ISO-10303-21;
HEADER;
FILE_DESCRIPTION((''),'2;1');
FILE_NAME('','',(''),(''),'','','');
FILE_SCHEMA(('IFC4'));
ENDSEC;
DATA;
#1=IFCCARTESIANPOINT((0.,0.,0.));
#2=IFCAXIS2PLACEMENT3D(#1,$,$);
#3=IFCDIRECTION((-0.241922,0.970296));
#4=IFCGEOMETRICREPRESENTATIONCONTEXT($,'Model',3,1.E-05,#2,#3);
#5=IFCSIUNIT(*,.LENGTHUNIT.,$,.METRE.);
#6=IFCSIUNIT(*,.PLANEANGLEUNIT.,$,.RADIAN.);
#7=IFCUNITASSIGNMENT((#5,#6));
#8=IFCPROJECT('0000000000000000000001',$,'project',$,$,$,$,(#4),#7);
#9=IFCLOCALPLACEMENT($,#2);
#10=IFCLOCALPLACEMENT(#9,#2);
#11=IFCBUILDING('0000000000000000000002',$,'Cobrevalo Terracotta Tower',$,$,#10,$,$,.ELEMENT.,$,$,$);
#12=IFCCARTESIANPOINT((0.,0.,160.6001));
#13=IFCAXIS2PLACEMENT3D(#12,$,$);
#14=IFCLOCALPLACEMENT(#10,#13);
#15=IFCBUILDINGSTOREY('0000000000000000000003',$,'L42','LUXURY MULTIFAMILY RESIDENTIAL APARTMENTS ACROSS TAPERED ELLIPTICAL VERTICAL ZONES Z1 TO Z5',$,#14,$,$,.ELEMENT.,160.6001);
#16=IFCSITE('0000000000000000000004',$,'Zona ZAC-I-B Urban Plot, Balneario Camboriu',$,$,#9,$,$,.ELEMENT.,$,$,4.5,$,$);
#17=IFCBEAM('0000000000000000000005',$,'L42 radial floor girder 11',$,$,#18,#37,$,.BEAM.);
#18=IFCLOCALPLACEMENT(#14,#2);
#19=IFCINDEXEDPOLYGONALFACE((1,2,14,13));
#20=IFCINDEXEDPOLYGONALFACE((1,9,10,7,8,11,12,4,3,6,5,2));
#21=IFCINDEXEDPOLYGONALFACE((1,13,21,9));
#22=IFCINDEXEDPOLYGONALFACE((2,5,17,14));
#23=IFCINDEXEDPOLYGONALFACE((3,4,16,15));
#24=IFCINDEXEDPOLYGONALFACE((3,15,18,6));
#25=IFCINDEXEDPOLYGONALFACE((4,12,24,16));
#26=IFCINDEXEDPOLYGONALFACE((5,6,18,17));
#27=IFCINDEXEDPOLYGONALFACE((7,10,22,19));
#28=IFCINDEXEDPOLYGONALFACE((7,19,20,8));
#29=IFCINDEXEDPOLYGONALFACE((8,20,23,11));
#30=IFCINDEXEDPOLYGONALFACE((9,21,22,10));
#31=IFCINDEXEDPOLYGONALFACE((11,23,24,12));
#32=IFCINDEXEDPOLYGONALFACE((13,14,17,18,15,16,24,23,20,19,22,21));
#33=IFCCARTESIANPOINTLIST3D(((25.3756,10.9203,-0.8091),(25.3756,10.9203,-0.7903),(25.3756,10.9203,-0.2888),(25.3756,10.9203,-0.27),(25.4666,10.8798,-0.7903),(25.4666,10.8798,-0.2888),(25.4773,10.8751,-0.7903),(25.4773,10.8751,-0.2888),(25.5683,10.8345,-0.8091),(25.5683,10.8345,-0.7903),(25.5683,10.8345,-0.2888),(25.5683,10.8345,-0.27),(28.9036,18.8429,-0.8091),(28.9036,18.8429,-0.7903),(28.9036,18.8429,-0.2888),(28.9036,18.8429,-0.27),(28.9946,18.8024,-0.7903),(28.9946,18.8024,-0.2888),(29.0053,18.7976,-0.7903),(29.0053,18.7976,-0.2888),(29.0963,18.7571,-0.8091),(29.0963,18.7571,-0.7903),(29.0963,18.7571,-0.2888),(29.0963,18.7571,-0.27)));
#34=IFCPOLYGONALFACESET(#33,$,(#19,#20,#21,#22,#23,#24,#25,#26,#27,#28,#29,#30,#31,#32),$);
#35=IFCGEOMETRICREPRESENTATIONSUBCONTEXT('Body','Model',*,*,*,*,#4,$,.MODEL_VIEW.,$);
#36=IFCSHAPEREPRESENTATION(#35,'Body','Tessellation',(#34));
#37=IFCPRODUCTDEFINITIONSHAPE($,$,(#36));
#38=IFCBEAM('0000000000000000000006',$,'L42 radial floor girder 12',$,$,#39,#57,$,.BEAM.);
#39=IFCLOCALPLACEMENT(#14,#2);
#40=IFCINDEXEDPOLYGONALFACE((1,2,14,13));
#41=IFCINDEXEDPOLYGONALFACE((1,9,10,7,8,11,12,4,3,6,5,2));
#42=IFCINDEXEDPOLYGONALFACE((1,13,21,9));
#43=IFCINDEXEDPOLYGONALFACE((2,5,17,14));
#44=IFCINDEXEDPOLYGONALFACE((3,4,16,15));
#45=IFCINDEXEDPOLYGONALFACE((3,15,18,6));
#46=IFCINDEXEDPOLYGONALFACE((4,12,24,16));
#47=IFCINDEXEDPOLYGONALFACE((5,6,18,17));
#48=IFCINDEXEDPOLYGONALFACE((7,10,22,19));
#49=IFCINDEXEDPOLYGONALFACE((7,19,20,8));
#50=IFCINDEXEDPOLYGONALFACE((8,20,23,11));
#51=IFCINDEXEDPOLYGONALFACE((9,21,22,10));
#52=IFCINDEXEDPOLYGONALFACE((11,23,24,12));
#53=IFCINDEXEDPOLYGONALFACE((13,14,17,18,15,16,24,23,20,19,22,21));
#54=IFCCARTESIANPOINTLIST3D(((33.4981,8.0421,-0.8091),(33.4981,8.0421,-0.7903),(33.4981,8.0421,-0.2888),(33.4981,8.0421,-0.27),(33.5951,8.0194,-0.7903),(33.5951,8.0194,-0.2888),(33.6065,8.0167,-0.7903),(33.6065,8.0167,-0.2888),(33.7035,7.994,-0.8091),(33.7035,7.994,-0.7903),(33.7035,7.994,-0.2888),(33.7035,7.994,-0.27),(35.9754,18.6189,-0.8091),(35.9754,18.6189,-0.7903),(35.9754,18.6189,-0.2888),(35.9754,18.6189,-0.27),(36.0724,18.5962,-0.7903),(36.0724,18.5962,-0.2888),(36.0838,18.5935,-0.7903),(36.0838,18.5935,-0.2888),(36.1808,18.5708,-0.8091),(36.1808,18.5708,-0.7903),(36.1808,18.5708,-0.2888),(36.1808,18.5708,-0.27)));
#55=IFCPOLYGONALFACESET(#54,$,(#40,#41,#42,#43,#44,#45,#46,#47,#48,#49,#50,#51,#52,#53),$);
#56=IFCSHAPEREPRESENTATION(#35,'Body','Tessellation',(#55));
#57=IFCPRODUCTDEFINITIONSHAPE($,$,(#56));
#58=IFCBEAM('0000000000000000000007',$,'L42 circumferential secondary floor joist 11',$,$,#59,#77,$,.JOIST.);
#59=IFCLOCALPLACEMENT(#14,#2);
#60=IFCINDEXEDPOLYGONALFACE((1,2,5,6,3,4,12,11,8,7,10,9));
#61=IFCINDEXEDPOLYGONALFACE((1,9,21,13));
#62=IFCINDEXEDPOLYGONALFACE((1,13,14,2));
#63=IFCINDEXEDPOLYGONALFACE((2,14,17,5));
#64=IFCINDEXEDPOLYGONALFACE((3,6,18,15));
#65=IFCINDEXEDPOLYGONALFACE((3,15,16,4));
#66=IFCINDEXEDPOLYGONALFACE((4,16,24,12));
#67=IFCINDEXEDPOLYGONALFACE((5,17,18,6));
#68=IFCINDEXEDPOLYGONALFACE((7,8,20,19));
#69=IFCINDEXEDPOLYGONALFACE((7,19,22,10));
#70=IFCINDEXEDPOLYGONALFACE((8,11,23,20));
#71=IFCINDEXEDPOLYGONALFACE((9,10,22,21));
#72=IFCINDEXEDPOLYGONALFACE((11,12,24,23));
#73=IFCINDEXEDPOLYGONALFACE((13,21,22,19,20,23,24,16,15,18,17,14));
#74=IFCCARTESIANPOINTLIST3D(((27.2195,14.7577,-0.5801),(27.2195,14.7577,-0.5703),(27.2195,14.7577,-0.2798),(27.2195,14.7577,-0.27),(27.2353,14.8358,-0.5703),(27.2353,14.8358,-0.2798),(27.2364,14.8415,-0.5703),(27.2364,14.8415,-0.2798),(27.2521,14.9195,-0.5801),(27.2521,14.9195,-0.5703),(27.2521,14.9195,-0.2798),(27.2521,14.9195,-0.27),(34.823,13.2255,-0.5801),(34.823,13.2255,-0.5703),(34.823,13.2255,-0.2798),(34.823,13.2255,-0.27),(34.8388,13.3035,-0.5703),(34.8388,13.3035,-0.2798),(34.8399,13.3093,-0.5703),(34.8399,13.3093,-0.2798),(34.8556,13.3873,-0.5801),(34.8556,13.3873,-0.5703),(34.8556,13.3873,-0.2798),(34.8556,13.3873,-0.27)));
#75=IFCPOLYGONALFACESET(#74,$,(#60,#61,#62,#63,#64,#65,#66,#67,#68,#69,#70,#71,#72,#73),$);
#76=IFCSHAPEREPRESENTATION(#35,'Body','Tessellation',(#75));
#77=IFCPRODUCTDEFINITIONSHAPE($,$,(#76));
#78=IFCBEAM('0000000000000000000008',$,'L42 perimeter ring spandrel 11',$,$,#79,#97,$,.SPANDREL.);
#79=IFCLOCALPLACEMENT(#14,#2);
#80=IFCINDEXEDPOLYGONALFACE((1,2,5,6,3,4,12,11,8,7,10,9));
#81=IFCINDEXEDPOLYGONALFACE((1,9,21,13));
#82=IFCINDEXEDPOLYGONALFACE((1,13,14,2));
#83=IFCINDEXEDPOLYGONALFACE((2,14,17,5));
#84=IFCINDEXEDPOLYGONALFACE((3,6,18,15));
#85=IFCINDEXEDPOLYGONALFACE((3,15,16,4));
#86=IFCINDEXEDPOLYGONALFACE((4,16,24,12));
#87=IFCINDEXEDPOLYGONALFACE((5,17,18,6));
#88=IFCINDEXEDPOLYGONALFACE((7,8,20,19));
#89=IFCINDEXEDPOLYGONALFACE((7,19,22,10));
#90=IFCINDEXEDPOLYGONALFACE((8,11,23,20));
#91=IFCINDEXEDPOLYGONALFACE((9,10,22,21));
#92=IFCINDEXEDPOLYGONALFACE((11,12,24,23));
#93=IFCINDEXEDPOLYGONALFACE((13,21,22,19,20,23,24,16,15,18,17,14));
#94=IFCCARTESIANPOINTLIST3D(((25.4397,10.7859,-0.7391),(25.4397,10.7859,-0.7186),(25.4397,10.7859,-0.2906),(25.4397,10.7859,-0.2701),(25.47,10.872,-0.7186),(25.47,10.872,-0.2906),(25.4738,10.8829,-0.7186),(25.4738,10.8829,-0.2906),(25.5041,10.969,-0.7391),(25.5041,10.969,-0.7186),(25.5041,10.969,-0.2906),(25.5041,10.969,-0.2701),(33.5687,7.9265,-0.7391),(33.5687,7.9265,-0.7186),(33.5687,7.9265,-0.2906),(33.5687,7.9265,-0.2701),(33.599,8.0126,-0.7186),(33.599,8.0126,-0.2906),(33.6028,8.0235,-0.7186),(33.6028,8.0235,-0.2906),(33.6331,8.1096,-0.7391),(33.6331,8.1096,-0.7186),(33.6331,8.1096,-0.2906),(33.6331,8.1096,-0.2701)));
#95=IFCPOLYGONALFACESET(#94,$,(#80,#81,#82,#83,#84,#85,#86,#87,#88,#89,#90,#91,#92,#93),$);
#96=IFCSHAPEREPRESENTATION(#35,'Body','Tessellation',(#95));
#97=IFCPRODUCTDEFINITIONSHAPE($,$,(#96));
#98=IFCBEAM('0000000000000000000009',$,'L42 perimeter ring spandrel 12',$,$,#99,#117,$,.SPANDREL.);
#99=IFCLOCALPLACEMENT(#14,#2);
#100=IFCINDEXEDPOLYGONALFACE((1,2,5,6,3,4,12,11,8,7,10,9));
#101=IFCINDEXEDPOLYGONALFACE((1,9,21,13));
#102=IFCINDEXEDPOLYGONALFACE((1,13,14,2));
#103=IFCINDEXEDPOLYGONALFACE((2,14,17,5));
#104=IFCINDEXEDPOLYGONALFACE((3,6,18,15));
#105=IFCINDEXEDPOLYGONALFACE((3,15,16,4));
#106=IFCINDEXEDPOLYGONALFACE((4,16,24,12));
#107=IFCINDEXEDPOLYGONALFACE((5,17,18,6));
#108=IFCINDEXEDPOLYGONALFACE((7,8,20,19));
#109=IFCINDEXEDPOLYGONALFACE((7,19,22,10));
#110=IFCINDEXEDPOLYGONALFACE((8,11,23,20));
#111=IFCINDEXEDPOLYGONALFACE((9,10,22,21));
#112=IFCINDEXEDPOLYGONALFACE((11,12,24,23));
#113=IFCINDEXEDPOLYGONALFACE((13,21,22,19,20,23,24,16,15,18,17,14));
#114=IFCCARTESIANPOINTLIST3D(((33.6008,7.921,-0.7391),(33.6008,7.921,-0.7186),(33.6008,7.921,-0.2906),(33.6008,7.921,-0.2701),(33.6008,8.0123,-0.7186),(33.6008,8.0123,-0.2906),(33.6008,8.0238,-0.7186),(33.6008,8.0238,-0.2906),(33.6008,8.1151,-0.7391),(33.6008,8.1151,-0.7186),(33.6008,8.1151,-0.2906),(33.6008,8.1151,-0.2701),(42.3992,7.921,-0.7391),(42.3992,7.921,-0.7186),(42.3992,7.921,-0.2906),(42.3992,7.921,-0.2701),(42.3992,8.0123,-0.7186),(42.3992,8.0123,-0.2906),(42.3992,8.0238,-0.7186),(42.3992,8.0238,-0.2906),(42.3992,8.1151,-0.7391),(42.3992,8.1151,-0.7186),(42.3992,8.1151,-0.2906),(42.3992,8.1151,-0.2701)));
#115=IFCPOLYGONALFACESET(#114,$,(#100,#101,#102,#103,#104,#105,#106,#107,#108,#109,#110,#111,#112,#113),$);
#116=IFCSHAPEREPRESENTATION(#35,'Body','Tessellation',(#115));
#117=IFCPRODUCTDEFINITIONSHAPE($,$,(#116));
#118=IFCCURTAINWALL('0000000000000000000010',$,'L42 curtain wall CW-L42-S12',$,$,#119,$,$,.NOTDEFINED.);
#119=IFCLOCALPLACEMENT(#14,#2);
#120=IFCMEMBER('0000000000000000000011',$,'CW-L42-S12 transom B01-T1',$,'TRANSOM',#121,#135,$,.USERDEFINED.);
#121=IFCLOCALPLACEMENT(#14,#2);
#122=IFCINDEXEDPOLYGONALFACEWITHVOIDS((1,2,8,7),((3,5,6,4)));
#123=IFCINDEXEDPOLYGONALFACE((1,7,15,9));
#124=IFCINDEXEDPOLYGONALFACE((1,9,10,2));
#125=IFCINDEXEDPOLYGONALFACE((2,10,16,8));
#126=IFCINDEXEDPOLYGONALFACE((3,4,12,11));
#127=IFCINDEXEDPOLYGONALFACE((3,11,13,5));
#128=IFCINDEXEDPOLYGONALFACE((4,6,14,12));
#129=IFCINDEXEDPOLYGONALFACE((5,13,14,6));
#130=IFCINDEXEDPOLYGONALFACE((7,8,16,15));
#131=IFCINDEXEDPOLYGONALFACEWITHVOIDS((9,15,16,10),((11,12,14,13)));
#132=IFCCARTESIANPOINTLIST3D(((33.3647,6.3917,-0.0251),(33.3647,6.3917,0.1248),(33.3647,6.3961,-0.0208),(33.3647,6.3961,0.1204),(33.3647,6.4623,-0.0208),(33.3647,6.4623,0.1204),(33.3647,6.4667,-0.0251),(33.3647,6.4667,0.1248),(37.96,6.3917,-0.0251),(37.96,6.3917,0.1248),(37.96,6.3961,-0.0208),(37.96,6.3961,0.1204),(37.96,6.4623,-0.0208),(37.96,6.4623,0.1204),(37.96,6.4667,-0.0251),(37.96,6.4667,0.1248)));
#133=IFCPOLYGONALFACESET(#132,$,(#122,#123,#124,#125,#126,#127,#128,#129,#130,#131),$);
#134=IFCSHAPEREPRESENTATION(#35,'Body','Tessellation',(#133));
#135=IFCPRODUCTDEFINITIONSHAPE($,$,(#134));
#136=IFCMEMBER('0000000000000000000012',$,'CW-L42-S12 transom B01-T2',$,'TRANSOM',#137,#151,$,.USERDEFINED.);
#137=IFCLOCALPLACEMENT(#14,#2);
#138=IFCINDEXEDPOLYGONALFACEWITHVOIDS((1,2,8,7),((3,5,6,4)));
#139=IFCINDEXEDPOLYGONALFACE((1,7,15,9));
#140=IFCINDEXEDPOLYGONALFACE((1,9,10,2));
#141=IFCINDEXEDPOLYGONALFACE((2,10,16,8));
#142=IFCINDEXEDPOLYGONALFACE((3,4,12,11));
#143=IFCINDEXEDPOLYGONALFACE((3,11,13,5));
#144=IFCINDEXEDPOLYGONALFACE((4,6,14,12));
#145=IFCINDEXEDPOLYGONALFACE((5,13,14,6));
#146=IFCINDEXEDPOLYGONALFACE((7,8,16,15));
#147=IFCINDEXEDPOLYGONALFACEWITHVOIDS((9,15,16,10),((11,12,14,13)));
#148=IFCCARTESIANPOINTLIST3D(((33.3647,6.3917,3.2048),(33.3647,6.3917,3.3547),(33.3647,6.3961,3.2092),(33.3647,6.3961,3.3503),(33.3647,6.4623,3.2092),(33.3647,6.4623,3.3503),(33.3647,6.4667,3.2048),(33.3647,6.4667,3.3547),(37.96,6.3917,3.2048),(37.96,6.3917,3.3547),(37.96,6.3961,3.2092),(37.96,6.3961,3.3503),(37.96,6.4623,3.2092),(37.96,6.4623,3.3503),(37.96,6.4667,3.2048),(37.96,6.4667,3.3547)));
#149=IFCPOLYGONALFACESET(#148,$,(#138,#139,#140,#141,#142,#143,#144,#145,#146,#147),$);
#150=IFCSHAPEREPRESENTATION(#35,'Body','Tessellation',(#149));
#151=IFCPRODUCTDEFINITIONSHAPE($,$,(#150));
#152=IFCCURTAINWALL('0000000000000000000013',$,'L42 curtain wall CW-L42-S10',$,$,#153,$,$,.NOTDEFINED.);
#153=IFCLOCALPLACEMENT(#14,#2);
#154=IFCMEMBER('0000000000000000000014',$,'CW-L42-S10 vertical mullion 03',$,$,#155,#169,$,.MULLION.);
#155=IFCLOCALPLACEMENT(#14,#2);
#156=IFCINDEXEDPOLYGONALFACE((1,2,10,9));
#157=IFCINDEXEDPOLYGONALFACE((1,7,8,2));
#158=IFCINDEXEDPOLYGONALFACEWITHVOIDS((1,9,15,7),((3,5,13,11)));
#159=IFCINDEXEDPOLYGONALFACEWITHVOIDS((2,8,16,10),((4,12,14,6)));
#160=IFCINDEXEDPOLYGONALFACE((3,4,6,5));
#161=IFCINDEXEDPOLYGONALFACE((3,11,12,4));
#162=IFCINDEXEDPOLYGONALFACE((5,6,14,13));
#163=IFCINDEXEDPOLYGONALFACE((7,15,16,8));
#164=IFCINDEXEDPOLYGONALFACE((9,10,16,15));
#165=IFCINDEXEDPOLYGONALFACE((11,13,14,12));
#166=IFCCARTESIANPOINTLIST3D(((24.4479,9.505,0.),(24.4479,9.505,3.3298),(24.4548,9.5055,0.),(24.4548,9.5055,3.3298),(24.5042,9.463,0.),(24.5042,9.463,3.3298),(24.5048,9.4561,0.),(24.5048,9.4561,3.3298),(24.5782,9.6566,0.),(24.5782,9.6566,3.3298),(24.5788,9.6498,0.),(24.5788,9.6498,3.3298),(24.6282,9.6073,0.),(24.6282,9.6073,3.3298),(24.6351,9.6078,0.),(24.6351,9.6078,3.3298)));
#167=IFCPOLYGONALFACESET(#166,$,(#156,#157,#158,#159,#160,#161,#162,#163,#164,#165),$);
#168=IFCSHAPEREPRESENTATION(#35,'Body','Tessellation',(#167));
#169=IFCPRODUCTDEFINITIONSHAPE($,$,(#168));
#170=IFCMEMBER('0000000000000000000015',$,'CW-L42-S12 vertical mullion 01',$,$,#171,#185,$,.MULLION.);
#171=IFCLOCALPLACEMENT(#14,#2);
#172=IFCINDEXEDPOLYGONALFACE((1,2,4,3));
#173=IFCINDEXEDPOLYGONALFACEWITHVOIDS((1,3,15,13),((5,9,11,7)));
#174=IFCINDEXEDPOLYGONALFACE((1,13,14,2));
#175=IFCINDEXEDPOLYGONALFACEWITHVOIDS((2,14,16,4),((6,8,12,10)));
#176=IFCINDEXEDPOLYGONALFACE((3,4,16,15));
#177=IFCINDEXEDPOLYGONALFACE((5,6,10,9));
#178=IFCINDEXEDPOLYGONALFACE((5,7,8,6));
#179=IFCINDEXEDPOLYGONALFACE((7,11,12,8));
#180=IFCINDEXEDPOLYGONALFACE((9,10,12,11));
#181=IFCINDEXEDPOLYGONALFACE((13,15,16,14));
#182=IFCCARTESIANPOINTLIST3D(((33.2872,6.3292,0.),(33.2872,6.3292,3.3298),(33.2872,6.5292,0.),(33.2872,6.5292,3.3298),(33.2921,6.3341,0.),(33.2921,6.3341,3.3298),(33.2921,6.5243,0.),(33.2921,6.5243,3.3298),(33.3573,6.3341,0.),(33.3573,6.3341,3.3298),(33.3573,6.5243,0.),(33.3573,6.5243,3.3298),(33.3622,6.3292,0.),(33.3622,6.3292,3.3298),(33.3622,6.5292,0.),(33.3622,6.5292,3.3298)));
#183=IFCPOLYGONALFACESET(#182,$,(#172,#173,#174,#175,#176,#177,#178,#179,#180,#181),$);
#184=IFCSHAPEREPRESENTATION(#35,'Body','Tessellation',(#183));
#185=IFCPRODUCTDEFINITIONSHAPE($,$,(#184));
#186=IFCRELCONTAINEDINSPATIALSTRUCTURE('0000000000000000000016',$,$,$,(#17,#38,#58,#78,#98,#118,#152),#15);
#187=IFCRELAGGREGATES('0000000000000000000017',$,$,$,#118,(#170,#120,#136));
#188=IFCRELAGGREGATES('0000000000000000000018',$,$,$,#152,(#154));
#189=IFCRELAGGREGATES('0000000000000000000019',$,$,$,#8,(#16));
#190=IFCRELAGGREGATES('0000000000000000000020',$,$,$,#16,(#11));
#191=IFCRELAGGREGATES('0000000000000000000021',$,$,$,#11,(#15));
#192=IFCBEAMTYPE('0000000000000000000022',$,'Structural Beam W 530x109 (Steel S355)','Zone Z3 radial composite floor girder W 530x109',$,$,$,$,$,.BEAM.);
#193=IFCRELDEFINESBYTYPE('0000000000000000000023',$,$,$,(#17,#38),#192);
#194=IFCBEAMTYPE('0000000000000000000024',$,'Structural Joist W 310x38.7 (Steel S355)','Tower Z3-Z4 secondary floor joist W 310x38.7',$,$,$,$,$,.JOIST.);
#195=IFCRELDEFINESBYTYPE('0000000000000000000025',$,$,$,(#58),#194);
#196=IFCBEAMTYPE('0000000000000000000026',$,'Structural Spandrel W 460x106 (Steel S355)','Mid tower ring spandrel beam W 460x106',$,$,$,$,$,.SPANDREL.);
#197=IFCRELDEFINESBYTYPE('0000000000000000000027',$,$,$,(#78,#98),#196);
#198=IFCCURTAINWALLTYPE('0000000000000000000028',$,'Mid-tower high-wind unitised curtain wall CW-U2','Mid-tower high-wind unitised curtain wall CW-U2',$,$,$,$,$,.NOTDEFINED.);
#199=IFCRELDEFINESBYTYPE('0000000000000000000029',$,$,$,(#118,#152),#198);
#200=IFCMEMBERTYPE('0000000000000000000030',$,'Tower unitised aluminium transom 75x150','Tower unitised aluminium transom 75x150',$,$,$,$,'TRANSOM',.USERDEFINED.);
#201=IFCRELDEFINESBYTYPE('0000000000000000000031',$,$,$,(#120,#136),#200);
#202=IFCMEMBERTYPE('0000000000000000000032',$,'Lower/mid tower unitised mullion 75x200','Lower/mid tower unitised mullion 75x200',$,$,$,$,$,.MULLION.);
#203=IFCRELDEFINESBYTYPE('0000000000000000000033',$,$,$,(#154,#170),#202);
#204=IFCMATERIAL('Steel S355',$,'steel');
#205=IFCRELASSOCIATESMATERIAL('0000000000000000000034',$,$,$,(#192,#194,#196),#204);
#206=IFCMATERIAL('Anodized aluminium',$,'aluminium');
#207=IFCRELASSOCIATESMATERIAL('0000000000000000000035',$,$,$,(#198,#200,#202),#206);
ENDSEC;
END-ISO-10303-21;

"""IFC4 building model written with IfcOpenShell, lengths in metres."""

from ifc_helpers import new_model, si_unit, direction, frame, origin, origin_2d, place, context, subcontext, project, spatial, hollow_rectangle, i_section, extrude, source, transform, mapped, material, material_profile, profile_set, type_object, element, aggregate, save


model = new_model("IFC4")

# Units and contexts
model_context = context("Model", 3, precision=1e-05, world=origin(), true_north=direction((-0.241922, 0.970296)))
body_context = subcontext(model_context, "Body", "Model", "MODEL_VIEW")
ifc_project = project(units=[si_unit("LENGTHUNIT", "METRE"), si_unit("PLANEANGLEUNIT", "RADIAN")], contexts=[model_context])

# Site, building, storey
site_placement = place(None, origin())
site = spatial("IfcSite", under=ifc_project, at=site_placement, Name="Zona ZAC-I-B Urban Plot, Balneario Camboriu", CompositionType="ELEMENT", RefElevation=4.5)
building_placement = place(site_placement, origin())
building = spatial("IfcBuilding", under=site, at=building_placement, Name="Cobrevalo Terracotta Tower", CompositionType="ELEMENT")
storey_placement = place(building_placement, frame((0.0, 0.0, 160.6001)))
storey = spatial("IfcBuildingStorey", under=building, at=storey_placement, Name="L42", Description="LUXURY MULTIFAMILY RESIDENTIAL APARTMENTS ACROSS TAPERED ELLIPTICAL VERTICAL ZONES Z1 TO Z5", CompositionType="ELEMENT", Elevation=160.6001)

# Shared definitions
ifc_material_1 = material(Name="Steel S355", Category="steel")

# Beams
ifc_material_profile_1 = material_profile(ifc_material_1, i_section(OverallWidth=0.2109, OverallDepth=0.5391, WebThickness=0.0117, FlangeThickness=0.0188, at=origin_2d()), Name="W 530x109")
ifc_profile_set_1 = profile_set([ifc_material_profile_1], Name="Steel S355")
beam_type_1 = type_object("IfcBeamType", Name="Structural Beam W 530x109 (Steel S355)", Description="Zone Z3 radial composite floor girder W 530x109", PredefinedType="BEAM", material=ifc_profile_set_1)
beam_1_placement = place(storey_placement, frame((25.4719, 10.8774, -0.5396), z_axis=(0.406804, 0.913515, 0.0), x_axis=(-0.913515, 0.406804, 0.0)))
element("IfcBeam", 1, at=beam_1_placement, inside=storey, type_object=beam_type_1, Name="L42 radial floor girder 11", PredefinedType="BEAM", context=body_context, shape_type="SweptSolid", body=[
    extrude(i_section(OverallWidth=0.2109, OverallDepth=0.5391, WebThickness=0.0117, FlangeThickness=0.0188, at=origin_2d()), origin(), (0.0, 0.0, 1.0), 8.6726),
])
beam_2_placement = place(storey_placement, frame((33.6008, 8.0181, -0.5396), z_axis=(0.228046, 0.97365, 0.0), x_axis=(-0.97365, 0.228046, 0.0)))
element("IfcBeam", 2, at=beam_2_placement, inside=storey, type_object=beam_type_1, Name="L42 radial floor girder 12", PredefinedType="BEAM", context=body_context, shape_type="SweptSolid", body=[
    extrude(i_section(OverallWidth=0.2109, OverallDepth=0.5391, WebThickness=0.0117, FlangeThickness=0.0188, at=origin_2d()), origin(), (0.0, 0.0, 1.0), 10.863),
])
ifc_material_profile_2 = material_profile(ifc_material_1, i_section(OverallWidth=0.165, OverallDepth=0.3101, WebThickness=0.0059, FlangeThickness=0.0098, at=origin_2d()), Name="W 310x38.7")
ifc_profile_set_2 = profile_set([ifc_material_profile_2], Name="Steel S355")
beam_type_2 = type_object("IfcBeamType", Name="Structural Joist W 310x38.7 (Steel S355)", Description="Tower Z3-Z4 secondary floor joist W 310x38.7", PredefinedType="JOIST", material=ifc_profile_set_2)
beam_3_placement = place(storey_placement, frame((27.2358, 14.8386, -0.425), z_axis=(0.980294, -0.197544, 0.0), x_axis=(0.197544, 0.980294, 0.0)))
element("IfcBeam", 3, at=beam_3_placement, inside=storey, type_object=beam_type_2, Name="L42 circumferential secondary floor joist 11", PredefinedType="JOIST", context=body_context, shape_type="SweptSolid", body=[
    extrude(i_section(OverallWidth=0.165, OverallDepth=0.3101, WebThickness=0.0059, FlangeThickness=0.0098, at=origin_2d()), origin(), (0.0, 0.0, 1.0), 7.7563),
])
ifc_material_profile_3 = material_profile(ifc_material_1, i_section(OverallWidth=0.1941, OverallDepth=0.469, WebThickness=0.0115, FlangeThickness=0.0205, at=origin_2d()), Name="W 460x106")
ifc_profile_set_3 = profile_set([ifc_material_profile_3], Name="Steel S355")
beam_type_3 = type_object("IfcBeamType", Name="Structural Spandrel W 460x106 (Steel S355)", Description="Mid tower ring spandrel beam W 460x106", PredefinedType="SPANDREL", material=ifc_profile_set_3)
beam_4_placement = place(storey_placement, frame((25.4719, 10.8774, -0.5046), z_axis=(0.943341, -0.331824, 0.0), x_axis=(0.331824, 0.943341, 0.0)))
element("IfcBeam", 4, at=beam_4_placement, inside=storey, type_object=beam_type_3, Name="L42 perimeter ring spandrel 11", PredefinedType="SPANDREL", context=body_context, shape_type="SweptSolid", body=[
    extrude(i_section(OverallWidth=0.1941, OverallDepth=0.469, WebThickness=0.0115, FlangeThickness=0.0205, at=origin_2d()), origin(), (0.0, 0.0, 1.0), 8.6172),
])
beam_5_placement = place(storey_placement, frame((33.6008, 8.0181, -0.5046), z_axis=(1.0, 0.0, 0.0), x_axis=(0.0, 1.0, 0.0)))
element("IfcBeam", 5, at=beam_5_placement, inside=storey, type_object=beam_type_3, Name="L42 perimeter ring spandrel 12", PredefinedType="SPANDREL", context=body_context, shape_type="SweptSolid", body=[
    extrude(i_section(OverallWidth=0.1941, OverallDepth=0.469, WebThickness=0.0115, FlangeThickness=0.0205, at=origin_2d()), origin(), (0.0, 0.0, 1.0), 8.7983),
])

# Curtain wall, members
ifc_material_2 = material(Name="Anodized aluminium", Category="aluminium")
curtain_wall_type = type_object("IfcCurtainWallType", Name="Mid-tower high-wind unitised curtain wall CW-U2", Description="Mid-tower high-wind unitised curtain wall CW-U2", PredefinedType="NOTDEFINED", material=ifc_material_2)
curtain_wall_1_placement = place(storey_placement, origin())
curtain_wall_1 = element("IfcCurtainWall", 6, at=curtain_wall_1_placement, inside=storey, type_object=curtain_wall_type, Name="L42 curtain wall CW-L42-S12", PredefinedType="NOTDEFINED")
ifc_material_profile_4 = material_profile(ifc_material_2, hollow_rectangle(XDim=0.075, YDim=0.1499, WallThickness=0.0044, at=origin_2d()), Name="CWT 75x150")
ifc_profile_set_4 = profile_set([ifc_material_profile_4], Name="Anodized aluminium")
member_type_1 = type_object("IfcMemberType", Name="Tower unitised aluminium transom 75x150", Description="Tower unitised aluminium transom 75x150", ElementType="TRANSOM", PredefinedType="USERDEFINED", material=ifc_profile_set_4)
shared_shape_1 = source(origin(), body_context, "Body", "SweptSolid", [
    extrude(hollow_rectangle(XDim=0.075, YDim=0.1499, WallThickness=0.0044, at=origin_2d()), origin(), (0.0, 0.0, 1.0), 4.5952),
])
member_1_placement = place(storey_placement, frame((33.3647, 6.4292, 0.0498), z_axis=(1.0, 0.0, 0.0), x_axis=(0.0, 1.0, 0.0)))
member_1 = element("IfcMember", 7, at=member_1_placement, type_object=member_type_1, Name="CW-L42-S12 transom B01-T1", ObjectType="TRANSOM", PredefinedType="USERDEFINED", context=body_context, shape_type="MappedRepresentation", body=[
    mapped(shared_shape_1, transform((0.0, 0.0, 0.0), scale=1.0)),
])
member_2_placement = place(storey_placement, frame((33.3647, 6.4292, 3.2798), z_axis=(1.0, 0.0, 0.0), x_axis=(0.0, 1.0, 0.0)))
member_2 = element("IfcMember", 8, at=member_2_placement, type_object=member_type_1, Name="CW-L42-S12 transom B01-T2", ObjectType="TRANSOM", PredefinedType="USERDEFINED", context=body_context, shape_type="MappedRepresentation", body=[
    mapped(shared_shape_1, transform((0.0, 0.0, 0.0), scale=1.0)),
])

# Curtain wall, member
curtain_wall_2_placement = place(storey_placement, origin())
curtain_wall_2 = element("IfcCurtainWall", 9, at=curtain_wall_2_placement, inside=storey, type_object=curtain_wall_type, Name="L42 curtain wall CW-L42-S10", PredefinedType="NOTDEFINED")
ifc_material_profile_5 = material_profile(ifc_material_2, hollow_rectangle(XDim=0.075, YDim=0.2, WallThickness=0.0049, at=origin_2d()), Name="CWM 75x200")
ifc_profile_set_5 = profile_set([ifc_material_profile_5], Name="Anodized aluminium")
member_type_2 = type_object("IfcMemberType", Name="Lower/mid tower unitised mullion 75x200", Description="Lower/mid tower unitised mullion 75x200", PredefinedType="MULLION", material=ifc_profile_set_5)
shared_shape_2 = source(origin(), body_context, "Body", "SweptSolid", [
    extrude(hollow_rectangle(XDim=0.075, YDim=0.2, WallThickness=0.0049, at=origin_2d()), origin(), (0.0, 0.0, 1.0), 3.3298),
])
member_3_placement = place(storey_placement, frame((24.5415, 9.5564, 0.0), z_axis=(0.0, 0.0, 1.0), x_axis=(0.758442, -0.651741, 0.0)))
member_3 = element("IfcMember", 10, at=member_3_placement, type_object=member_type_2, Name="CW-L42-S10 vertical mullion 03", PredefinedType="MULLION", context=body_context, shape_type="MappedRepresentation", body=[
    mapped(shared_shape_2, transform((0.0, 0.0, 0.0), scale=1.0)),
])

# Member
member_4_placement = place(storey_placement, frame((33.3247, 6.4292, 0.0), z_axis=(0.0, 0.0, 1.0), x_axis=(1.0, 0.0, 0.0)))
member_4 = element("IfcMember", 11, at=member_4_placement, type_object=member_type_2, Name="CW-L42-S12 vertical mullion 01", PredefinedType="MULLION", context=body_context, shape_type="MappedRepresentation", body=[
    mapped(shared_shape_2, transform((0.0, 0.0, 0.0), scale=1.0)),
])
aggregate(curtain_wall_1, [member_4, member_1, member_2])

aggregate(curtain_wall_2, [member_3])

save(model, "model.ifc")
